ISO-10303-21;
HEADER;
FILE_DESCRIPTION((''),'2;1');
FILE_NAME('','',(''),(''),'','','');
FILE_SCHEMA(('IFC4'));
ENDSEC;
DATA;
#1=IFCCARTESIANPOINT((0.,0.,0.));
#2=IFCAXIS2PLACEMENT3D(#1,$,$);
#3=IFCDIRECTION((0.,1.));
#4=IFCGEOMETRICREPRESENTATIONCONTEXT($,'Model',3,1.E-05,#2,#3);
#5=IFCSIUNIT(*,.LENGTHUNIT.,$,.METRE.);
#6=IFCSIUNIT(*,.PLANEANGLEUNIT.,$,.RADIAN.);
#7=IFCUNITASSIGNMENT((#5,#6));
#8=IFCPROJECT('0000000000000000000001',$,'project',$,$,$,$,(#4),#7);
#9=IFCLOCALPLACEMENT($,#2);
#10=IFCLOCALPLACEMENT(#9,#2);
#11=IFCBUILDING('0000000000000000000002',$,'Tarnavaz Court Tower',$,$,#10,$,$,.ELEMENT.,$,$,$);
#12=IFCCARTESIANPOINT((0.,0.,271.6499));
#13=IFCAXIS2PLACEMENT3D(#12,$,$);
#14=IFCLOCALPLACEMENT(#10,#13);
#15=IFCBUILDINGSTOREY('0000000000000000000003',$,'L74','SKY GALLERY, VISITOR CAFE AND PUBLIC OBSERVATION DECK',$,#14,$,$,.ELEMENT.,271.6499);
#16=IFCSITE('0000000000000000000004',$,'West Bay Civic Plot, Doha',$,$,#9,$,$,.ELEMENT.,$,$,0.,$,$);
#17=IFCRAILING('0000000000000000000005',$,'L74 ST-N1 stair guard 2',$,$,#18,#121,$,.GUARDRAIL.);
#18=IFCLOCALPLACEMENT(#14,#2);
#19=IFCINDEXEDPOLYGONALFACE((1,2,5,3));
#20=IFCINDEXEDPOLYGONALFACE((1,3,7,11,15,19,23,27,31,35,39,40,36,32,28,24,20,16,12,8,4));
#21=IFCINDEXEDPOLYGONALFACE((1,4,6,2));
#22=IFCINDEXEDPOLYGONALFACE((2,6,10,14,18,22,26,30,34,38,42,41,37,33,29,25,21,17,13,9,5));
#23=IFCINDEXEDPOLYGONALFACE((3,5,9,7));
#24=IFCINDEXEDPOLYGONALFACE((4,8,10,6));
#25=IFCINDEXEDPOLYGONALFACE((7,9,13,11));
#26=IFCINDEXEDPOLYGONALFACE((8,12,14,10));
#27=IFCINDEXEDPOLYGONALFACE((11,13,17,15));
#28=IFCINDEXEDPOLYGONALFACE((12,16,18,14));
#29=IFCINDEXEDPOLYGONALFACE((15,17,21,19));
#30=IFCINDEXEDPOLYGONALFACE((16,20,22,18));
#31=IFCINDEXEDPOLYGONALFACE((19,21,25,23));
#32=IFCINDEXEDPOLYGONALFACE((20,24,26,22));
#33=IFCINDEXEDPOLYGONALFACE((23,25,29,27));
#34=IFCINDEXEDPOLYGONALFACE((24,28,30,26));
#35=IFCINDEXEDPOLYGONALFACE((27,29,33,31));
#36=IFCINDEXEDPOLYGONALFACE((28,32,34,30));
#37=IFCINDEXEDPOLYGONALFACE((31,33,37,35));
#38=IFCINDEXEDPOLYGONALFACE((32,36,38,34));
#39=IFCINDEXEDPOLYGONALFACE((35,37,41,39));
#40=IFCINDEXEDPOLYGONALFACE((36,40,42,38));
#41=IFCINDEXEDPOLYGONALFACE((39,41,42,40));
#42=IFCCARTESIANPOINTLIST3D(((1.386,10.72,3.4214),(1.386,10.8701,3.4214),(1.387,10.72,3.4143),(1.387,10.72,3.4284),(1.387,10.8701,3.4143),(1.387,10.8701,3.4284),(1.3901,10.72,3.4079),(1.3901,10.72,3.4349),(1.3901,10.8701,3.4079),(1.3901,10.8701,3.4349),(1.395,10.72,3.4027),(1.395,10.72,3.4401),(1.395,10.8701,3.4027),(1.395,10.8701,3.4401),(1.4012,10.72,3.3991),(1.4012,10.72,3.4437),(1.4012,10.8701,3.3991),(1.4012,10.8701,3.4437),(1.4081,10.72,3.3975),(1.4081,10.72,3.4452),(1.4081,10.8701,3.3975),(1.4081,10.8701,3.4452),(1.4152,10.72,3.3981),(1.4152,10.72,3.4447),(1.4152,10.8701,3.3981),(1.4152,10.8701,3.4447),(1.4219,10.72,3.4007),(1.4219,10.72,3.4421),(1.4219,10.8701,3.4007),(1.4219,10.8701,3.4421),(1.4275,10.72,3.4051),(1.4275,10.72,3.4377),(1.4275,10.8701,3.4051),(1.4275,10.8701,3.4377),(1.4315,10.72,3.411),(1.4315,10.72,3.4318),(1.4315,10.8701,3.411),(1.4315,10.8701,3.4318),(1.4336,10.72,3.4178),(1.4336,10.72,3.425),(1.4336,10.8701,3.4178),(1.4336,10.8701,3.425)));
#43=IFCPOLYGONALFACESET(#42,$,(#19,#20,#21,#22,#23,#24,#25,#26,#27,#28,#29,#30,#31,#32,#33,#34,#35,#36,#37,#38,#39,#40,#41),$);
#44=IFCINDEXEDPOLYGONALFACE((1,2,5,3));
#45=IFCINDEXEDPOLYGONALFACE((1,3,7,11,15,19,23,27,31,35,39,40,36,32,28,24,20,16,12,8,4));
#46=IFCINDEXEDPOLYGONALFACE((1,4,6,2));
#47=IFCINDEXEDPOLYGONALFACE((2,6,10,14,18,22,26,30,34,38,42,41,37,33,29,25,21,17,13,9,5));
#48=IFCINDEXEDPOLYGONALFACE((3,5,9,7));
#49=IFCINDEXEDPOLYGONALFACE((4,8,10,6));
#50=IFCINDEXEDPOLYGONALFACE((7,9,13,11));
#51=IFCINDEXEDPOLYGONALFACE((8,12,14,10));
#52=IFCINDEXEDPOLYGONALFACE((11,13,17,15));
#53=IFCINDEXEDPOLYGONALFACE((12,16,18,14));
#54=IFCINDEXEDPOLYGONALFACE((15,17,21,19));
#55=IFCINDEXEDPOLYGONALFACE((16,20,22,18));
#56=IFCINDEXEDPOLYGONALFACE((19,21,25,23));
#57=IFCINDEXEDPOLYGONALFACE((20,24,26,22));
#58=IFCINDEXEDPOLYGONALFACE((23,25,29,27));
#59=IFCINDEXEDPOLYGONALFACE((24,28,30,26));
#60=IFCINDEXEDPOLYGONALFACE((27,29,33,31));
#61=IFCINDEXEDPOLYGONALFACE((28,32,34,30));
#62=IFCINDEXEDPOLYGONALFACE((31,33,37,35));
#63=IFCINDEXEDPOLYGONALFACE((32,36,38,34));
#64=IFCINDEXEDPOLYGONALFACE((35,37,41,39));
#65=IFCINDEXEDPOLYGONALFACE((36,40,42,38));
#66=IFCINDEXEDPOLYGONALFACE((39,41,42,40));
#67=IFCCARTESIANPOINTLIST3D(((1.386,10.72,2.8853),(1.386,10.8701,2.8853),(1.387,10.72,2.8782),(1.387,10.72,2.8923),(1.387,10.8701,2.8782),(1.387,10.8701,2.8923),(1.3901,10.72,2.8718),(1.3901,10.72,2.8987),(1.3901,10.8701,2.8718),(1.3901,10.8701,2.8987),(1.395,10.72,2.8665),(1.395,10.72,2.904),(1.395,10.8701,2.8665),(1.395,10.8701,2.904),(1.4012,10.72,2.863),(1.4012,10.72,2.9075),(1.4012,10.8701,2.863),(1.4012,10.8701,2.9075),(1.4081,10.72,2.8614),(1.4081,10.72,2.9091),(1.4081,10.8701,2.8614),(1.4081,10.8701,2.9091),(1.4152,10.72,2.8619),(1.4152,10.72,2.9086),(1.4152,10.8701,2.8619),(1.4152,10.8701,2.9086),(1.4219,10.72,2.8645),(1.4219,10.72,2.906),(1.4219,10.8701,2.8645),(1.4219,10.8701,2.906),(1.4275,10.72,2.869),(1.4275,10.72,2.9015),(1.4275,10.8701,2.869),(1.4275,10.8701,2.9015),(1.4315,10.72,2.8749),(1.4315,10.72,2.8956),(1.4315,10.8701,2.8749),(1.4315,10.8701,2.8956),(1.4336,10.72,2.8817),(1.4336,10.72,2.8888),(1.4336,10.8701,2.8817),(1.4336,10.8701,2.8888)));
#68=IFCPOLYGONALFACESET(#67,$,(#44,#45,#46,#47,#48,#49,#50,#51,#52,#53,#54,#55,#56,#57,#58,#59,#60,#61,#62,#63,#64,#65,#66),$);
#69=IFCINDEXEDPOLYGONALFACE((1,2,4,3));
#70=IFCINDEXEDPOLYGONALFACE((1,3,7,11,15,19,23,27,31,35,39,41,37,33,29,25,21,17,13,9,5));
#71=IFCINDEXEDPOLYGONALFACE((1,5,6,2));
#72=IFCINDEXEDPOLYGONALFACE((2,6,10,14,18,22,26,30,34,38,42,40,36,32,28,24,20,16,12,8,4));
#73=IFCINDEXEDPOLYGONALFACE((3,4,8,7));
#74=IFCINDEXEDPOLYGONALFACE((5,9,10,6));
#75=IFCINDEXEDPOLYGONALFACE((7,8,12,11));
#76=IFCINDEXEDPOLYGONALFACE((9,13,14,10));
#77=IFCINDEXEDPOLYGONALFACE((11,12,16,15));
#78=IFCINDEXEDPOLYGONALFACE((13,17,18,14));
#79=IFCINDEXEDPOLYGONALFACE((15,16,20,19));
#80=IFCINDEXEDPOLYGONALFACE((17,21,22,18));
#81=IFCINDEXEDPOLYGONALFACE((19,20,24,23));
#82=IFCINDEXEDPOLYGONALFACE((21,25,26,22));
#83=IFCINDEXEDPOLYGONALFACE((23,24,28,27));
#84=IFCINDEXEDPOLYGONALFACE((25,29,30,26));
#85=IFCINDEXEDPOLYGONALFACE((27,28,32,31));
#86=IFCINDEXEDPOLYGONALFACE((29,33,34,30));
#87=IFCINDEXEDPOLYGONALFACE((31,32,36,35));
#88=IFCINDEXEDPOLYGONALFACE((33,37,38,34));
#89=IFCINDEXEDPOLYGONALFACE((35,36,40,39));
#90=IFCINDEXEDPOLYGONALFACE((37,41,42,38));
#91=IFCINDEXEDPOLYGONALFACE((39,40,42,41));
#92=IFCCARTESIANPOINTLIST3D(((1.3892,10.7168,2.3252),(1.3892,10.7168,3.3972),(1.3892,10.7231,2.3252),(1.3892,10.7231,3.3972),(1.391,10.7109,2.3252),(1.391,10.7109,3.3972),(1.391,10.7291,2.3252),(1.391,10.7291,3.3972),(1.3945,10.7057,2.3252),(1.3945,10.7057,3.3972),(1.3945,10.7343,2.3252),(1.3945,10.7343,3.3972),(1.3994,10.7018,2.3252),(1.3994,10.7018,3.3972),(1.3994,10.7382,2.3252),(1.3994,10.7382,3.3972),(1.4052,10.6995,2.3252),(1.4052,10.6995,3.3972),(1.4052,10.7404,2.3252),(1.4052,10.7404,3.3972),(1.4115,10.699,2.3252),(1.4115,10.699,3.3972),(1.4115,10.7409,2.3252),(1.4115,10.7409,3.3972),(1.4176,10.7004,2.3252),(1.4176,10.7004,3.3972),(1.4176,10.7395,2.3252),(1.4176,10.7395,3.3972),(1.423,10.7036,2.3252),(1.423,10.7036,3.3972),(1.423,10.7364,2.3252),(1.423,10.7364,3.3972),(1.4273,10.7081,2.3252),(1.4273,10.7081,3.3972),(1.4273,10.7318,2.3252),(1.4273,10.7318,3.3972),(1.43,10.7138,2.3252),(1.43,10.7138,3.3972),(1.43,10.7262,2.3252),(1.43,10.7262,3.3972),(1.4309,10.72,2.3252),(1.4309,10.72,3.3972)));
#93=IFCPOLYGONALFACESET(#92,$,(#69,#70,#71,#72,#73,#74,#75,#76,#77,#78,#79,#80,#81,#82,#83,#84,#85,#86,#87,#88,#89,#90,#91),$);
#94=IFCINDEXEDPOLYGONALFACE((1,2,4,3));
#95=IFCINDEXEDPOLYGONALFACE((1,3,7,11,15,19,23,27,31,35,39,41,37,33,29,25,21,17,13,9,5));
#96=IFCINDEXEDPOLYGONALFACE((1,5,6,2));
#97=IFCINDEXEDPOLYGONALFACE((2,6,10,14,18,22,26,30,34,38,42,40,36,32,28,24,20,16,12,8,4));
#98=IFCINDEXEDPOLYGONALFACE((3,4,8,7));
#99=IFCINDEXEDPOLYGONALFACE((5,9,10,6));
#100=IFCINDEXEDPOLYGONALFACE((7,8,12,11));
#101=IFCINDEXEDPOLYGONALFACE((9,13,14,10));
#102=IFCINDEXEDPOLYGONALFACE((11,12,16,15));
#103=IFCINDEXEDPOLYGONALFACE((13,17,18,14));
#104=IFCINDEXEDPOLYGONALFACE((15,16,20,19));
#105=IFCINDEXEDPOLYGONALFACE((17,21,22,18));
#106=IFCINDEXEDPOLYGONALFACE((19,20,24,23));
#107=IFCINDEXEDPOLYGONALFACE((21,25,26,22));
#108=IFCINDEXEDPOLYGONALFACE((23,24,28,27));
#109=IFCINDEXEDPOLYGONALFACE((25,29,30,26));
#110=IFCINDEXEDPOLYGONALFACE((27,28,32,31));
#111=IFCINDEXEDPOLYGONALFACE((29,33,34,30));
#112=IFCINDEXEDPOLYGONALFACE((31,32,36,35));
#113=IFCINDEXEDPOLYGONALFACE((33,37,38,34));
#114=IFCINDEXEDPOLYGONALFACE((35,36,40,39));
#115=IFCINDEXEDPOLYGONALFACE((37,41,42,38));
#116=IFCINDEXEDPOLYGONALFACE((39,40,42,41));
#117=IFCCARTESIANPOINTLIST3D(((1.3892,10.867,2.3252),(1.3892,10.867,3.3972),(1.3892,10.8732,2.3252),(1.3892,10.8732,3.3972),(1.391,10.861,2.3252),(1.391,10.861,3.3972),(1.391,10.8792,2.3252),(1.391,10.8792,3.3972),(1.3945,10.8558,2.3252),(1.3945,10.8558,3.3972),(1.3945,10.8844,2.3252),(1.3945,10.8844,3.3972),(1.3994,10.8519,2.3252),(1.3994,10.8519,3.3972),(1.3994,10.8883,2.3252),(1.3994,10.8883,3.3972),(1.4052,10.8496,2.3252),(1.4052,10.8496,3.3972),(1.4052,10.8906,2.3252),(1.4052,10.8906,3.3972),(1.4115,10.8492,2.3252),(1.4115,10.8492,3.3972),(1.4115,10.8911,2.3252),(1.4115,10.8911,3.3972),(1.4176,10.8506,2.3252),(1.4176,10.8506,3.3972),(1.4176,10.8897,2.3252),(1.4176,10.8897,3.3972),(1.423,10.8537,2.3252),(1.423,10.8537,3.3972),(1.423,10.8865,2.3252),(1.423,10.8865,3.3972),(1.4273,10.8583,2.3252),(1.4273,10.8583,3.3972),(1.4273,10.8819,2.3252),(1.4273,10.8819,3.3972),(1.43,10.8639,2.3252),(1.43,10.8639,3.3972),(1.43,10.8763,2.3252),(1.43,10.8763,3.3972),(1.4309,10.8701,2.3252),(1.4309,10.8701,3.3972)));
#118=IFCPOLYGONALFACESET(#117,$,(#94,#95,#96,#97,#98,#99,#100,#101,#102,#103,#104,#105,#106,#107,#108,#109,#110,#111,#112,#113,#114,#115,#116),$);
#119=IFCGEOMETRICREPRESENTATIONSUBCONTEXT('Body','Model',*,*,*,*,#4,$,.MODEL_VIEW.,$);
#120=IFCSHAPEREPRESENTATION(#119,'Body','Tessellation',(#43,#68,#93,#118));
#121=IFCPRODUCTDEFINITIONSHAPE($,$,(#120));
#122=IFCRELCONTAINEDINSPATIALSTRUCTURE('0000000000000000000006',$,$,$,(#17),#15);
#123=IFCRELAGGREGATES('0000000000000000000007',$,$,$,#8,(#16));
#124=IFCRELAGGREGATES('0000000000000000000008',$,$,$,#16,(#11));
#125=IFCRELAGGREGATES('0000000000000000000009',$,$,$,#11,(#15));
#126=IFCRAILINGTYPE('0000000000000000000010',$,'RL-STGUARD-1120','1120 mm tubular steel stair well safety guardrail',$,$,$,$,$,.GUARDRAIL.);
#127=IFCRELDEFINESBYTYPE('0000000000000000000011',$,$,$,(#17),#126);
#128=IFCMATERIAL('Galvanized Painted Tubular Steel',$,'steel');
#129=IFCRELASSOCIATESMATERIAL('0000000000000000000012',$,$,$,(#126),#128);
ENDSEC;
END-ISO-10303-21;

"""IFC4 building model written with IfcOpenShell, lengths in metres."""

from ifc_helpers import new_model, si_unit, direction, frame, origin, origin_2d, place, context, subcontext, project, spatial, circle, extrude, material, type_object, element, save


model = new_model("IFC4")

# Units and contexts
model_context = context("Model", 3, precision=1e-05, world=origin(), true_north=direction((0.0, 1.0)))
body_context = subcontext(model_context, "Body", "Model", "MODEL_VIEW")
ifc_project = project(units=[si_unit("LENGTHUNIT", "METRE"), si_unit("PLANEANGLEUNIT", "RADIAN")], contexts=[model_context])

# Site, building, storey
site_placement = place(None, origin())
site = spatial("IfcSite", under=ifc_project, at=site_placement, Name="West Bay Civic Plot, Doha", CompositionType="ELEMENT", RefElevation=0.0)
building_placement = place(site_placement, origin())
building = spatial("IfcBuilding", under=site, at=building_placement, Name="Tarnavaz Court Tower", CompositionType="ELEMENT")
storey_placement = place(building_placement, frame((0.0, 0.0, 271.6499)))
storey = spatial("IfcBuildingStorey", under=building, at=storey_placement, Name="L74", Description="SKY GALLERY, VISITOR CAFE AND PUBLIC OBSERVATION DECK", CompositionType="ELEMENT", Elevation=271.6499)

# Railing
ifc_material_1 = material(Name="Galvanized Painted Tubular Steel", Category="steel")
railing_type_1 = type_object("IfcRailingType", Name="RL-STGUARD-1120", Description="1120 mm tubular steel stair well safety guardrail", PredefinedType="GUARDRAIL", material=ifc_material_1)
railing_1_placement = place(storey_placement, frame((1.4099, 10.72, 2.3252)))
element("IfcRailing", 1, at=railing_1_placement, inside=storey, type_object=railing_type_1, Name="L74 ST-N1 stair guard 2", PredefinedType="GUARDRAIL", context=body_context, shape_type="SweptSolid", body=[
    extrude(circle(Radius=0.0239, at=origin_2d()), frame((0.0, 0.0, 1.0962), z_axis=(0.0, 1.0, 0.0), x_axis=(-1.0, 0.0, 0.0)), (0.0, 0.0, 1.0), 0.1501),
    extrude(circle(Radius=0.0239, at=origin_2d()), frame((0.0, 0.0, 0.5601), z_axis=(0.0, 1.0, 0.0), x_axis=(-1.0, 0.0, 0.0)), (0.0, 0.0, 1.0), 0.1501),
    extrude(circle(Radius=0.021, at=origin_2d()), origin(), (0.0, 0.0, 1.0), 1.072),
    extrude(circle(Radius=0.021, at=origin_2d()), frame((0.0, 0.1501, 0.0)), (0.0, 0.0, 1.0), 1.072),
])

save(model, "model.ifc")
